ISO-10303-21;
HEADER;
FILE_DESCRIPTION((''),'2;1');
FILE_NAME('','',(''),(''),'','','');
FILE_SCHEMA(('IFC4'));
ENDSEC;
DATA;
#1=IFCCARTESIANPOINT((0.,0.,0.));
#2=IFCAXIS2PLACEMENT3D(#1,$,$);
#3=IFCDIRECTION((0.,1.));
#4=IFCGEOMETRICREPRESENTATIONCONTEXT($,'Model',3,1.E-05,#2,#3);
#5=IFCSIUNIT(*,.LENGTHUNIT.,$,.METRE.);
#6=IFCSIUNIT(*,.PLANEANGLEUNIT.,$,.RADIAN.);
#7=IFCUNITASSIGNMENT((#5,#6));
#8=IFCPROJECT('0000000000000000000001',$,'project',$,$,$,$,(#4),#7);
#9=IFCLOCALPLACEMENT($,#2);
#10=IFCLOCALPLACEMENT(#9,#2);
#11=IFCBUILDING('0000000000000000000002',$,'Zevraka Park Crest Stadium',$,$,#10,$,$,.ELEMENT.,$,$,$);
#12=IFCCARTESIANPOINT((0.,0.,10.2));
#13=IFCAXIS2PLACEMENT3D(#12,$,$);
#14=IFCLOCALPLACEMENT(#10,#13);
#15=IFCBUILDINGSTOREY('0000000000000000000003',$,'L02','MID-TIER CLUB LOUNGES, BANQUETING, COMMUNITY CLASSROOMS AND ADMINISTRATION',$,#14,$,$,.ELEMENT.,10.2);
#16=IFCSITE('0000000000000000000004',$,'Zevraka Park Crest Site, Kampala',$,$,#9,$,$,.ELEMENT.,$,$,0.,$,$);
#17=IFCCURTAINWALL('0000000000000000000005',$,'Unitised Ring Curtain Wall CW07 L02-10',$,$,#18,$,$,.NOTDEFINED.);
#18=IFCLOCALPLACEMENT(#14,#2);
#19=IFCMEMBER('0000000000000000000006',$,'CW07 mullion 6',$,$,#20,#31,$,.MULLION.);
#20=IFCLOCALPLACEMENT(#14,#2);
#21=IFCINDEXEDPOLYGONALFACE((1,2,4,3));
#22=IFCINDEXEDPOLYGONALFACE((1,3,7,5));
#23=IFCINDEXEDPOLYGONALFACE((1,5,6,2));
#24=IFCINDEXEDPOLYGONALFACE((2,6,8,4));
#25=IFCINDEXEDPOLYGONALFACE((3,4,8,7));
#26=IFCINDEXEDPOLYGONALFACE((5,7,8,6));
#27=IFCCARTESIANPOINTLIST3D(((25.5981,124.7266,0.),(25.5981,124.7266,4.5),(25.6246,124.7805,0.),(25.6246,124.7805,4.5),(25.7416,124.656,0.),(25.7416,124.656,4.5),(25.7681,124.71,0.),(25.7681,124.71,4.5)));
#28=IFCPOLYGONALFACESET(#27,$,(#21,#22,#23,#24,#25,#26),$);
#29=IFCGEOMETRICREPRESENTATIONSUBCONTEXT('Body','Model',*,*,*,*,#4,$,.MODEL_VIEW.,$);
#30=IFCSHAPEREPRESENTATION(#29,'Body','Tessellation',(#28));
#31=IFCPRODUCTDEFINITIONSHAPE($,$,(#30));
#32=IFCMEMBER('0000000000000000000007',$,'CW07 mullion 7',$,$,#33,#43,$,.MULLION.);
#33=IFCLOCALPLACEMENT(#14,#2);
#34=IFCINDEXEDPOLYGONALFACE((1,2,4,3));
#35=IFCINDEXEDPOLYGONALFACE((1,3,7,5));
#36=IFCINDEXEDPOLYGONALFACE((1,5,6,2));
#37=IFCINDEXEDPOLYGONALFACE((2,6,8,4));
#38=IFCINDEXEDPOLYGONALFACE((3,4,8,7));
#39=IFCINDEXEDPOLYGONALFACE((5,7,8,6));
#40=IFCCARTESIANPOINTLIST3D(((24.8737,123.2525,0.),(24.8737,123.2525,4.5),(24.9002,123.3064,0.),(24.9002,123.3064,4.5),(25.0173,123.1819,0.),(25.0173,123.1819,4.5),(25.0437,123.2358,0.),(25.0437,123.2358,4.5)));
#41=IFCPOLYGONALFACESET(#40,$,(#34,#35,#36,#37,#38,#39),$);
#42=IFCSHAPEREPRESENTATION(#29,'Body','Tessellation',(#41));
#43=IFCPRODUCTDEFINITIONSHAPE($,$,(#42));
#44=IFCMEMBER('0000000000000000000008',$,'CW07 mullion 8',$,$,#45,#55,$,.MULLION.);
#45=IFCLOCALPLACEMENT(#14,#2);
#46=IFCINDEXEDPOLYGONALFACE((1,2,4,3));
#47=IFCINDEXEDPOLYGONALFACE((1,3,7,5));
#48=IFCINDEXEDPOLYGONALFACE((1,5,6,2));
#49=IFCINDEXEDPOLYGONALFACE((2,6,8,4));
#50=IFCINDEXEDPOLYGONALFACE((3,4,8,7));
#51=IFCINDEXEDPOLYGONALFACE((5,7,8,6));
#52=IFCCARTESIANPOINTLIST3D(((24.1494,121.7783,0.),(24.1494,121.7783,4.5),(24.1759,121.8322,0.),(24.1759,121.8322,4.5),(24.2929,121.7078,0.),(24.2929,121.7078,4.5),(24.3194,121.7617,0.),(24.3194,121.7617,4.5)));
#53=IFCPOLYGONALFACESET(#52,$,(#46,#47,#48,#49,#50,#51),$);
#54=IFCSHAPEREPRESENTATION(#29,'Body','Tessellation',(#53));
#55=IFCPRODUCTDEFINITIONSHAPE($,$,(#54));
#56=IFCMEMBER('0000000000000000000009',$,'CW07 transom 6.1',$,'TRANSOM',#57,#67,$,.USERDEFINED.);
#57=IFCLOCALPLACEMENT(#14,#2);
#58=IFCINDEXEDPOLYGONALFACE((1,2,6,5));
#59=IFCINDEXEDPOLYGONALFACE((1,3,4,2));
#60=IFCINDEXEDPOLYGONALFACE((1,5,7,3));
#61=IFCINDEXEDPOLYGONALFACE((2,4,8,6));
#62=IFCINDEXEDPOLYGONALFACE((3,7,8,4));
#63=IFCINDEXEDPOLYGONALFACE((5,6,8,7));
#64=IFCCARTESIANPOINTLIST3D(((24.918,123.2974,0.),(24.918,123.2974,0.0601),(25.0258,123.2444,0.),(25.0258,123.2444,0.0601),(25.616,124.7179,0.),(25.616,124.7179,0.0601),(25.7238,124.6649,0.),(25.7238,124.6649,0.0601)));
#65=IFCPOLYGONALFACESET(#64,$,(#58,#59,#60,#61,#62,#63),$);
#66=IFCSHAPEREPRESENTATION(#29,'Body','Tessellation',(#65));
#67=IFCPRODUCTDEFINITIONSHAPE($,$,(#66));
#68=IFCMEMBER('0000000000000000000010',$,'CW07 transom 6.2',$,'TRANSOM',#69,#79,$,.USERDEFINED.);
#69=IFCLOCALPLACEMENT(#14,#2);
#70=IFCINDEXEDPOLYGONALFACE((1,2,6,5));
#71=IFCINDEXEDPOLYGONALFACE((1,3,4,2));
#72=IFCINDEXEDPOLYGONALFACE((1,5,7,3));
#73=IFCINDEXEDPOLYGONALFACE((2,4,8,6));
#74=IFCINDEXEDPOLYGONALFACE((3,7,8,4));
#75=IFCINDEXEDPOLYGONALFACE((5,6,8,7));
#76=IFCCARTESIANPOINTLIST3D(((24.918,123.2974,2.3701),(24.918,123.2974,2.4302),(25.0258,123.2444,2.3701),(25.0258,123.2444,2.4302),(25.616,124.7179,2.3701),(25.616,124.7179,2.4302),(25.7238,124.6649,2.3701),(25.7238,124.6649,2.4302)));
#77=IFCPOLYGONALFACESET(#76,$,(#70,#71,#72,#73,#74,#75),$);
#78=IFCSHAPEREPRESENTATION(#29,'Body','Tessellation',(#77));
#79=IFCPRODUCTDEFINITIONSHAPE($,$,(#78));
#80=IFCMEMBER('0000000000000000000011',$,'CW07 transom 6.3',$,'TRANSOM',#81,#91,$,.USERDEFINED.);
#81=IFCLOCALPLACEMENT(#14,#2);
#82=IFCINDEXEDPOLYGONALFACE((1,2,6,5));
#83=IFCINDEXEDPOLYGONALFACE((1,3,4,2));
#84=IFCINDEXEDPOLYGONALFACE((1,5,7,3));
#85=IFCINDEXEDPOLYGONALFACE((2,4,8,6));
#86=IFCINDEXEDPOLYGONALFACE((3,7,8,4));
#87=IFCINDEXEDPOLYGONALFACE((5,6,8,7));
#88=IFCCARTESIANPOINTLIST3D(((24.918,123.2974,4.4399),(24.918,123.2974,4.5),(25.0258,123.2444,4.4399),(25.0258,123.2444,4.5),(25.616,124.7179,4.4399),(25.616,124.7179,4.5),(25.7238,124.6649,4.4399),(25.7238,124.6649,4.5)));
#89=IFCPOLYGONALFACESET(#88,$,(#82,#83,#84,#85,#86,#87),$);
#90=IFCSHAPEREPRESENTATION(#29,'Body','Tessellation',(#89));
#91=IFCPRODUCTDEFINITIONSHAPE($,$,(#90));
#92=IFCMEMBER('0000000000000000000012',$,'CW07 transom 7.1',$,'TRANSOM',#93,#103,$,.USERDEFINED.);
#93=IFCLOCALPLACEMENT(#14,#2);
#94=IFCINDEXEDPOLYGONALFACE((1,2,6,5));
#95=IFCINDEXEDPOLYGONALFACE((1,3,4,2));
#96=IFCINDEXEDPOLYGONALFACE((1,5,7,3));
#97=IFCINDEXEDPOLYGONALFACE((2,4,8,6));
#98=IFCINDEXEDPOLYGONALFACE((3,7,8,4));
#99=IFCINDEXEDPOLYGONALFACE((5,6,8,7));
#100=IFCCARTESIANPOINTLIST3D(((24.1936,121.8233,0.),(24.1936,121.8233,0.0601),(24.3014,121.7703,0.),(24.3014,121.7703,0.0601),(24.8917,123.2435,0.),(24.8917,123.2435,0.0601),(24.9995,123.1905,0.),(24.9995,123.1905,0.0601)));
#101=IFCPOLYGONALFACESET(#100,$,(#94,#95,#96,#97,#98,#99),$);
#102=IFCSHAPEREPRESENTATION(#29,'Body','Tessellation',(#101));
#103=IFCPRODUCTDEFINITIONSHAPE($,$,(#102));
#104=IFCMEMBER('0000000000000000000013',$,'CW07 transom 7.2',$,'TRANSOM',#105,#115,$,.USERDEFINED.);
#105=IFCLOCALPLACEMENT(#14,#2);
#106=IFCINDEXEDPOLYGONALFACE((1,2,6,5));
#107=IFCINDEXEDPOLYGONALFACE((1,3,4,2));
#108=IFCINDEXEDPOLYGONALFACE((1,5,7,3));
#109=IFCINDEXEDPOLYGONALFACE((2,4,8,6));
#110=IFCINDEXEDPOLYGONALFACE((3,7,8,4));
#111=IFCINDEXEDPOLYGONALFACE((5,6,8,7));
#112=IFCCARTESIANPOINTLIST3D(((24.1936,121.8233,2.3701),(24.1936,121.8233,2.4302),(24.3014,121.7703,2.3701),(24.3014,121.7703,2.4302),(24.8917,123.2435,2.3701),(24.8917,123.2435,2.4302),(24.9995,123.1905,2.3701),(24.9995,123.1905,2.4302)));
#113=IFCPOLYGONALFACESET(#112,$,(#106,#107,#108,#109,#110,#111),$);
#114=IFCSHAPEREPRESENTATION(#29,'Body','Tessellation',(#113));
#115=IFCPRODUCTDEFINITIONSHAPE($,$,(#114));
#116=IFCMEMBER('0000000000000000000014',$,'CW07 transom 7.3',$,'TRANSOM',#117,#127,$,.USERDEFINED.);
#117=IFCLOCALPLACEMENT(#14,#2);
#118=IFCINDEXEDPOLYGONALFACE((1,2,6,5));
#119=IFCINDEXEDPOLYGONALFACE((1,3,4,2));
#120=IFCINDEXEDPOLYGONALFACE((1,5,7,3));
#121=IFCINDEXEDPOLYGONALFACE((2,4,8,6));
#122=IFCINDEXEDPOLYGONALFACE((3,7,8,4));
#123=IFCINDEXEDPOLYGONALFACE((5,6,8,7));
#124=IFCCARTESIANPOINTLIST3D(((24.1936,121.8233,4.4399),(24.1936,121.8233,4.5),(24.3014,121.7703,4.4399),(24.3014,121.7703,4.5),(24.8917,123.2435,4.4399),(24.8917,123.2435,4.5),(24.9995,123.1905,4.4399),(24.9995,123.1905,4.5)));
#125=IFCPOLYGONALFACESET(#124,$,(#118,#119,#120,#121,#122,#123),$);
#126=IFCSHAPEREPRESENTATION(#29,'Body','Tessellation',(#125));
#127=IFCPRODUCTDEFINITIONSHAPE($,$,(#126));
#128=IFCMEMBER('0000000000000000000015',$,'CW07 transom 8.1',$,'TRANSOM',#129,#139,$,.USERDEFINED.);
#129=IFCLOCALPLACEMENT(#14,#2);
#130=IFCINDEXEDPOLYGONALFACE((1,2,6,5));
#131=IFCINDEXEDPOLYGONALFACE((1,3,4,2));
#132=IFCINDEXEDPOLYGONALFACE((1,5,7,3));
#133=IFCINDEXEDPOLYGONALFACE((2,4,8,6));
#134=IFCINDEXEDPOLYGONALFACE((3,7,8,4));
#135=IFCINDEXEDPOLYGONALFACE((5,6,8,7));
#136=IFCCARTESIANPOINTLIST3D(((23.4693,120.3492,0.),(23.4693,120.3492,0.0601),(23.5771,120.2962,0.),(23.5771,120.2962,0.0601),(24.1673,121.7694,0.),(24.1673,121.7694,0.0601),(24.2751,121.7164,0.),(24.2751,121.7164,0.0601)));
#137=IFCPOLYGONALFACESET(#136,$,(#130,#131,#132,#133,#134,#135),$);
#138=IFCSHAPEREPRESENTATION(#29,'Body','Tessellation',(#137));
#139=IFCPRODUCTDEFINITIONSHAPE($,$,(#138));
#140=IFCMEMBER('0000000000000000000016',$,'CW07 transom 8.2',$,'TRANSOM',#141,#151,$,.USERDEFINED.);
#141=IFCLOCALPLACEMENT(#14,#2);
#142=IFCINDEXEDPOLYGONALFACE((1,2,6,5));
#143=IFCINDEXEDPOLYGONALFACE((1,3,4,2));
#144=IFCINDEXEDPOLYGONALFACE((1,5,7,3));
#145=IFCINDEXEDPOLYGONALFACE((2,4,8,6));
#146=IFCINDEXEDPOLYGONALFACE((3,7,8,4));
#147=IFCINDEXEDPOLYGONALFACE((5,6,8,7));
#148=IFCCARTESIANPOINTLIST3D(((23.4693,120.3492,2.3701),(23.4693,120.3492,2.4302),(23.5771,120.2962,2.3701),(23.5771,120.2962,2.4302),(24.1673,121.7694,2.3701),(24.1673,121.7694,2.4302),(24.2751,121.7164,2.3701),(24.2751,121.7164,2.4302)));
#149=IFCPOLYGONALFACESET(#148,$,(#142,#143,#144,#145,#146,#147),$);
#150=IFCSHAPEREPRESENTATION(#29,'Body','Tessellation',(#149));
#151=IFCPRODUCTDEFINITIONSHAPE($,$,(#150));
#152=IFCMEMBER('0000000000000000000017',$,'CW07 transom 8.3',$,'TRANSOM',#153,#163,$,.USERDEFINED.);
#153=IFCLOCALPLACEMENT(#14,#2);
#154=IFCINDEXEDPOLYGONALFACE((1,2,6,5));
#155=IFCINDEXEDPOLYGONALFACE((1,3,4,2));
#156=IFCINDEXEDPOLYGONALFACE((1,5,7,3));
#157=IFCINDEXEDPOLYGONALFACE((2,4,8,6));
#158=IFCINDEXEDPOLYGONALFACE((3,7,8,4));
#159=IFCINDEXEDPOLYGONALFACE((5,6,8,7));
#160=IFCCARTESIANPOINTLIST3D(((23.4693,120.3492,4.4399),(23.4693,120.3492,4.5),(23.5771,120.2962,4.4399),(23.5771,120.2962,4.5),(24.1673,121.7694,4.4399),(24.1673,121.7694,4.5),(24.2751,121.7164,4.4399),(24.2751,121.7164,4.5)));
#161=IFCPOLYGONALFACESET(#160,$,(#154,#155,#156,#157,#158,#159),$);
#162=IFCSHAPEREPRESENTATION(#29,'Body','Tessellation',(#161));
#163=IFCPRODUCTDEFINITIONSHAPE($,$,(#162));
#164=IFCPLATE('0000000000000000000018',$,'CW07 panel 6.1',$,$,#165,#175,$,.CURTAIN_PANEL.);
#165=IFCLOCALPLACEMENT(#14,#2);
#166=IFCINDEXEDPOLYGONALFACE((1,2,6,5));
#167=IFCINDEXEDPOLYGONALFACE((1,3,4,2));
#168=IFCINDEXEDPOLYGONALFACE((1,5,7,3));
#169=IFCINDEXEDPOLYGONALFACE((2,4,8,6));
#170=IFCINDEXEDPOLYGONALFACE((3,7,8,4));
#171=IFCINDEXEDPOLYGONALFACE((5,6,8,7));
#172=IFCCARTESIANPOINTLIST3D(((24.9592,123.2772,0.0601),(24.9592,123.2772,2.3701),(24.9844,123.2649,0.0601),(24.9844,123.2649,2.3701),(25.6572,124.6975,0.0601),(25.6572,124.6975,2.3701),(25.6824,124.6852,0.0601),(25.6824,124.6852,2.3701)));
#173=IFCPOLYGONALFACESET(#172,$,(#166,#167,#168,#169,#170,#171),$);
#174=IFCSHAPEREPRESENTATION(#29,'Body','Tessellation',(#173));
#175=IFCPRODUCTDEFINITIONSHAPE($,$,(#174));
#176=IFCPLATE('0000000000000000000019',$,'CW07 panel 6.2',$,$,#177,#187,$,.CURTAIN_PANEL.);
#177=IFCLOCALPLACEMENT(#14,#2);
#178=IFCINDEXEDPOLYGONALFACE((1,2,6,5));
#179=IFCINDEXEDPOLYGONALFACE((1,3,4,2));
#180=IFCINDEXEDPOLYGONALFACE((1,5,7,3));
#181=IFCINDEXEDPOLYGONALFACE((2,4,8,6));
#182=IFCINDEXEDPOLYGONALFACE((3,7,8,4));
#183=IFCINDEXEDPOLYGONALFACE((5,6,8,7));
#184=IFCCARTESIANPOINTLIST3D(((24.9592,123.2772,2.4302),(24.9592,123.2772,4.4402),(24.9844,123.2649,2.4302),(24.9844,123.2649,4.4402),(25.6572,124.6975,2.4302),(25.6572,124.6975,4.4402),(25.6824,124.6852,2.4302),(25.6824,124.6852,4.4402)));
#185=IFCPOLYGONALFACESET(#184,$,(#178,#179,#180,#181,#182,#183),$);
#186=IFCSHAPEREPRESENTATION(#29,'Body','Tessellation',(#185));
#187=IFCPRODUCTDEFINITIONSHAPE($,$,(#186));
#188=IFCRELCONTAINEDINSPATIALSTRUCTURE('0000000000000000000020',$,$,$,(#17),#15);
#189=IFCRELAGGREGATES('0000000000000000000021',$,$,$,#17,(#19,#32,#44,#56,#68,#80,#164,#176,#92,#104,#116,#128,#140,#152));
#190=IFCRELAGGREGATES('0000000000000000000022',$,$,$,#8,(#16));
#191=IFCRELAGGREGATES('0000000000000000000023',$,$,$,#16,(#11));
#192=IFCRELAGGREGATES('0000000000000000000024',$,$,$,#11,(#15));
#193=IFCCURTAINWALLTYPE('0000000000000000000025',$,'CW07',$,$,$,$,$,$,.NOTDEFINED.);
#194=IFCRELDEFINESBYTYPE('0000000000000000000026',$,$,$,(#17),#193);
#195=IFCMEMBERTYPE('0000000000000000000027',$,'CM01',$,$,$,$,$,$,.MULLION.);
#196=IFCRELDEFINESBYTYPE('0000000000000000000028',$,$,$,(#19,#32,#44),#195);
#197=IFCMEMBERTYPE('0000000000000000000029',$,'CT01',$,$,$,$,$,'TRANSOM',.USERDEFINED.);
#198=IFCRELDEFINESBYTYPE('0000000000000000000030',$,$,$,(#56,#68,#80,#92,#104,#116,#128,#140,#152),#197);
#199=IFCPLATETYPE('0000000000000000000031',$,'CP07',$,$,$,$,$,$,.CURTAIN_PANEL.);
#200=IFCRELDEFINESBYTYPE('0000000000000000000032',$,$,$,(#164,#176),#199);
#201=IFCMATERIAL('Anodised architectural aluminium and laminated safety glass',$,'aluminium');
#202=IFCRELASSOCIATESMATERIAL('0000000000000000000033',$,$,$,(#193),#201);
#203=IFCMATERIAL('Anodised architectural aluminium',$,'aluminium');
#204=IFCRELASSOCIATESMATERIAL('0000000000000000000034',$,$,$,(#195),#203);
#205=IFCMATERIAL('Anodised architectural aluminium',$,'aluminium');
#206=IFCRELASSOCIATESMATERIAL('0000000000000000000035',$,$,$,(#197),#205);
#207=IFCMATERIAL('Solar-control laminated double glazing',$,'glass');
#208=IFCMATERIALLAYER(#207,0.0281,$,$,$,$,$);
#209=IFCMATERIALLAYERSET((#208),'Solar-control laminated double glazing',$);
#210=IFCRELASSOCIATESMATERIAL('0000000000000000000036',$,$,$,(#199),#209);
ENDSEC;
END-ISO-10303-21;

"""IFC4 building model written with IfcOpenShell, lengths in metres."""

from ifc_helpers import new_model, si_unit, direction, frame, origin, origin_2d, place, context, subcontext, project, spatial, rectangle, extrude, material, layer, layer_set, material_profile, profile_set, type_object, element, aggregate, save


model = new_model("IFC4")

# Units and contexts
model_context = context("Model", 3, precision=1e-05, world=origin(), true_north=direction((0.0, 1.0)))
body_context = subcontext(model_context, "Body", "Model", "MODEL_VIEW")
ifc_project = project(units=[si_unit("LENGTHUNIT", "METRE"), si_unit("PLANEANGLEUNIT", "RADIAN")], contexts=[model_context])

# Site, building, storey
site_placement = place(None, origin())
site = spatial("IfcSite", under=ifc_project, at=site_placement, Name="Zevraka Park Crest Site, Kampala", CompositionType="ELEMENT", RefElevation=0.0)
building_placement = place(site_placement, origin())
building = spatial("IfcBuilding", under=site, at=building_placement, Name="Zevraka Park Crest Stadium", CompositionType="ELEMENT")
storey_placement = place(building_placement, frame((0.0, 0.0, 10.2)))
storey = spatial("IfcBuildingStorey", under=building, at=storey_placement, Name="L02", Description="MID-TIER CLUB LOUNGES, BANQUETING, COMMUNITY CLASSROOMS AND ADMINISTRATION", CompositionType="ELEMENT", Elevation=10.2)

# Curtain wall, members, plates
ifc_material_1 = material(Name="Anodised architectural aluminium and laminated safety glass", Category="aluminium")
curtain_wall_type = type_object("IfcCurtainWallType", Name="CW07", PredefinedType="NOTDEFINED", material=ifc_material_1)
curtain_wall_placement = place(storey_placement, origin())
curtain_wall = element("IfcCurtainWall", 1, at=curtain_wall_placement, inside=storey, type_object=curtain_wall_type, Name="Unitised Ring Curtain Wall CW07 L02-10", PredefinedType="NOTDEFINED")
ifc_material_2 = material(Name="Anodised architectural aluminium", Category="aluminium")
ifc_material_profile_1 = material_profile(ifc_material_2, rectangle(XDim=0.1599, YDim=0.0601, at=origin_2d()), Name="ALU MULLION 160x60")
ifc_profile_set_1 = profile_set([ifc_material_profile_1], Name="Anodised architectural aluminium")
member_type_1 = type_object("IfcMemberType", Name="CM01", PredefinedType="MULLION", material=ifc_profile_set_1)
member_1_placement = place(storey_placement, frame((25.6831, 124.7183, 0.0), z_axis=(0.0, 0.0, 1.0), x_axis=(0.897497, -0.441021, 0.0)))
member_1 = element("IfcMember", 2, at=member_1_placement, type_object=member_type_1, Name="CW07 mullion 6", PredefinedType="MULLION", context=body_context, shape_type="SweptSolid", body=[
    extrude(rectangle(XDim=0.1599, YDim=0.0601, at=origin_2d()), origin(), (0.0, 0.0, 1.0), 4.5),
])
member_2_placement = place(storey_placement, frame((24.9587, 123.2441, 0.0), z_axis=(0.0, 0.0, 1.0), x_axis=(0.897497, -0.441021, 0.0)))
member_2 = element("IfcMember", 3, at=member_2_placement, type_object=member_type_1, Name="CW07 mullion 7", PredefinedType="MULLION", context=body_context, shape_type="SweptSolid", body=[
    extrude(rectangle(XDim=0.1599, YDim=0.0601, at=origin_2d()), origin(), (0.0, 0.0, 1.0), 4.5),
])
member_3_placement = place(storey_placement, frame((24.2344, 121.77, 0.0), z_axis=(0.0, 0.0, 1.0), x_axis=(0.897497, -0.441021, 0.0)))
member_3 = element("IfcMember", 4, at=member_3_placement, type_object=member_type_1, Name="CW07 mullion 8", PredefinedType="MULLION", context=body_context, shape_type="SweptSolid", body=[
    extrude(rectangle(XDim=0.1599, YDim=0.0601, at=origin_2d()), origin(), (0.0, 0.0, 1.0), 4.5),
])
ifc_material_3 = material(Name="Anodised architectural aluminium", Category="aluminium")
ifc_material_profile_2 = material_profile(ifc_material_3, rectangle(XDim=0.1201, YDim=0.0601, at=origin_2d()), Name="ALU TRANSOM 120x60")
ifc_profile_set_2 = profile_set([ifc_material_profile_2], Name="Anodised architectural aluminium")
member_type_2 = type_object("IfcMemberType", Name="CT01", ElementType="TRANSOM", PredefinedType="USERDEFINED", material=ifc_profile_set_2)
member_4_placement = place(storey_placement, frame((25.6699, 124.6914, 0.03), z_axis=(-0.441033, -0.897491, 0.0), x_axis=(0.897491, -0.441033, 0.0)))
member_4 = element("IfcMember", 5, at=member_4_placement, type_object=member_type_2, Name="CW07 transom 6.1", ObjectType="TRANSOM", PredefinedType="USERDEFINED", context=body_context, shape_type="SweptSolid", body=[
    extrude(rectangle(XDim=0.1201, YDim=0.0601, at=origin_2d()), origin(), (0.0, 0.0, 1.0), 1.5828),
])
member_5_placement = place(storey_placement, frame((25.6699, 124.6914, 2.4001), z_axis=(-0.441033, -0.897491, 0.0), x_axis=(0.897491, -0.441033, 0.0)))
member_5 = element("IfcMember", 6, at=member_5_placement, type_object=member_type_2, Name="CW07 transom 6.2", ObjectType="TRANSOM", PredefinedType="USERDEFINED", context=body_context, shape_type="SweptSolid", body=[
    extrude(rectangle(XDim=0.1201, YDim=0.0601, at=origin_2d()), origin(), (0.0, 0.0, 1.0), 1.5828),
])
member_6_placement = place(storey_placement, frame((25.6699, 124.6914, 4.47), z_axis=(-0.441033, -0.897491, 0.0), x_axis=(0.897491, -0.441033, 0.0)))
member_6 = element("IfcMember", 7, at=member_6_placement, type_object=member_type_2, Name="CW07 transom 6.3", ObjectType="TRANSOM", PredefinedType="USERDEFINED", context=body_context, shape_type="SweptSolid", body=[
    extrude(rectangle(XDim=0.1201, YDim=0.0601, at=origin_2d()), origin(), (0.0, 0.0, 1.0), 1.5828),
])
member_7_placement = place(storey_placement, frame((24.9456, 123.217, 0.03), z_axis=(-0.441094, -0.897461, 0.0), x_axis=(0.897461, -0.441094, 0.0)))
member_7 = element("IfcMember", 8, at=member_7_placement, type_object=member_type_2, Name="CW07 transom 7.1", ObjectType="TRANSOM", PredefinedType="USERDEFINED", context=body_context, shape_type="SweptSolid", body=[
    extrude(rectangle(XDim=0.1201, YDim=0.0601, at=origin_2d()), origin(), (0.0, 0.0, 1.0), 1.5825),
])
member_8_placement = place(storey_placement, frame((24.9456, 123.217, 2.4001), z_axis=(-0.441094, -0.897461, 0.0), x_axis=(0.897461, -0.441094, 0.0)))
member_8 = element("IfcMember", 9, at=member_8_placement, type_object=member_type_2, Name="CW07 transom 7.2", ObjectType="TRANSOM", PredefinedType="USERDEFINED", context=body_context, shape_type="SweptSolid", body=[
    extrude(rectangle(XDim=0.1201, YDim=0.0601, at=origin_2d()), origin(), (0.0, 0.0, 1.0), 1.5825),
])
member_9_placement = place(storey_placement, frame((24.9456, 123.217, 4.47), z_axis=(-0.441094, -0.897461, 0.0), x_axis=(0.897461, -0.441094, 0.0)))
member_9 = element("IfcMember", 10, at=member_9_placement, type_object=member_type_2, Name="CW07 transom 7.3", ObjectType="TRANSOM", PredefinedType="USERDEFINED", context=body_context, shape_type="SweptSolid", body=[
    extrude(rectangle(XDim=0.1201, YDim=0.0601, at=origin_2d()), origin(), (0.0, 0.0, 1.0), 1.5825),
])
member_10_placement = place(storey_placement, frame((24.2212, 121.7429, 0.03), z_axis=(-0.441094, -0.897461, 0.0), x_axis=(0.897461, -0.441094, 0.0)))
member_10 = element("IfcMember", 11, at=member_10_placement, type_object=member_type_2, Name="CW07 transom 8.1", ObjectType="TRANSOM", PredefinedType="USERDEFINED", context=body_context, shape_type="SweptSolid", body=[
    extrude(rectangle(XDim=0.1201, YDim=0.0601, at=origin_2d()), origin(), (0.0, 0.0, 1.0), 1.5825),
])
member_11_placement = place(storey_placement, frame((24.2212, 121.7429, 2.4001), z_axis=(-0.441094, -0.897461, 0.0), x_axis=(0.897461, -0.441094, 0.0)))
member_11 = element("IfcMember", 12, at=member_11_placement, type_object=member_type_2, Name="CW07 transom 8.2", ObjectType="TRANSOM", PredefinedType="USERDEFINED", context=body_context, shape_type="SweptSolid", body=[
    extrude(rectangle(XDim=0.1201, YDim=0.0601, at=origin_2d()), origin(), (0.0, 0.0, 1.0), 1.5825),
])
member_12_placement = place(storey_placement, frame((24.2212, 121.7429, 4.47), z_axis=(-0.441094, -0.897461, 0.0), x_axis=(0.897461, -0.441094, 0.0)))
member_12 = element("IfcMember", 13, at=member_12_placement, type_object=member_type_2, Name="CW07 transom 8.3", ObjectType="TRANSOM", PredefinedType="USERDEFINED", context=body_context, shape_type="SweptSolid", body=[
    extrude(rectangle(XDim=0.1201, YDim=0.0601, at=origin_2d()), origin(), (0.0, 0.0, 1.0), 1.5825),
])
ifc_material_4 = material(Name="Solar-control laminated double glazing", Category="glass")
ifc_layer_1 = layer(ifc_material_4, 0.0281)
ifc_layer_set_1 = layer_set([ifc_layer_1], Name="Solar-control laminated double glazing")
plate_type = type_object("IfcPlateType", Name="CP07", PredefinedType="CURTAIN_PANEL", material=ifc_layer_set_1)
plate_1_placement = place(storey_placement, frame((25.3208, 123.9812, 0.0601), z_axis=(0.0, 0.0, 1.0), x_axis=(-0.441021, -0.897497, 0.0)))
plate_1 = element("IfcPlate", 14, at=plate_1_placement, type_object=plate_type, Name="CW07 panel 6.1", PredefinedType="CURTAIN_PANEL", context=body_context, shape_type="SweptSolid", body=[
    extrude(rectangle(XDim=1.5825, YDim=0.0281, at=origin_2d()), origin(), (0.0, 0.0, 1.0), 2.3101),
])
plate_2_placement = place(storey_placement, frame((25.3208, 123.9812, 2.4302), z_axis=(0.0, 0.0, 1.0), x_axis=(-0.441021, -0.897497, 0.0)))
plate_2 = element("IfcPlate", 15, at=plate_2_placement, type_object=plate_type, Name="CW07 panel 6.2", PredefinedType="CURTAIN_PANEL", context=body_context, shape_type="SweptSolid", body=[
    extrude(rectangle(XDim=1.5825, YDim=0.0281, at=origin_2d()), origin(), (0.0, 0.0, 1.0), 2.01),
])
aggregate(curtain_wall, [member_1, member_2, member_3, member_4, member_5, member_6, plate_1, plate_2, member_7, member_8, member_9, member_10, member_11, member_12])

save(model, "model.ifc")
